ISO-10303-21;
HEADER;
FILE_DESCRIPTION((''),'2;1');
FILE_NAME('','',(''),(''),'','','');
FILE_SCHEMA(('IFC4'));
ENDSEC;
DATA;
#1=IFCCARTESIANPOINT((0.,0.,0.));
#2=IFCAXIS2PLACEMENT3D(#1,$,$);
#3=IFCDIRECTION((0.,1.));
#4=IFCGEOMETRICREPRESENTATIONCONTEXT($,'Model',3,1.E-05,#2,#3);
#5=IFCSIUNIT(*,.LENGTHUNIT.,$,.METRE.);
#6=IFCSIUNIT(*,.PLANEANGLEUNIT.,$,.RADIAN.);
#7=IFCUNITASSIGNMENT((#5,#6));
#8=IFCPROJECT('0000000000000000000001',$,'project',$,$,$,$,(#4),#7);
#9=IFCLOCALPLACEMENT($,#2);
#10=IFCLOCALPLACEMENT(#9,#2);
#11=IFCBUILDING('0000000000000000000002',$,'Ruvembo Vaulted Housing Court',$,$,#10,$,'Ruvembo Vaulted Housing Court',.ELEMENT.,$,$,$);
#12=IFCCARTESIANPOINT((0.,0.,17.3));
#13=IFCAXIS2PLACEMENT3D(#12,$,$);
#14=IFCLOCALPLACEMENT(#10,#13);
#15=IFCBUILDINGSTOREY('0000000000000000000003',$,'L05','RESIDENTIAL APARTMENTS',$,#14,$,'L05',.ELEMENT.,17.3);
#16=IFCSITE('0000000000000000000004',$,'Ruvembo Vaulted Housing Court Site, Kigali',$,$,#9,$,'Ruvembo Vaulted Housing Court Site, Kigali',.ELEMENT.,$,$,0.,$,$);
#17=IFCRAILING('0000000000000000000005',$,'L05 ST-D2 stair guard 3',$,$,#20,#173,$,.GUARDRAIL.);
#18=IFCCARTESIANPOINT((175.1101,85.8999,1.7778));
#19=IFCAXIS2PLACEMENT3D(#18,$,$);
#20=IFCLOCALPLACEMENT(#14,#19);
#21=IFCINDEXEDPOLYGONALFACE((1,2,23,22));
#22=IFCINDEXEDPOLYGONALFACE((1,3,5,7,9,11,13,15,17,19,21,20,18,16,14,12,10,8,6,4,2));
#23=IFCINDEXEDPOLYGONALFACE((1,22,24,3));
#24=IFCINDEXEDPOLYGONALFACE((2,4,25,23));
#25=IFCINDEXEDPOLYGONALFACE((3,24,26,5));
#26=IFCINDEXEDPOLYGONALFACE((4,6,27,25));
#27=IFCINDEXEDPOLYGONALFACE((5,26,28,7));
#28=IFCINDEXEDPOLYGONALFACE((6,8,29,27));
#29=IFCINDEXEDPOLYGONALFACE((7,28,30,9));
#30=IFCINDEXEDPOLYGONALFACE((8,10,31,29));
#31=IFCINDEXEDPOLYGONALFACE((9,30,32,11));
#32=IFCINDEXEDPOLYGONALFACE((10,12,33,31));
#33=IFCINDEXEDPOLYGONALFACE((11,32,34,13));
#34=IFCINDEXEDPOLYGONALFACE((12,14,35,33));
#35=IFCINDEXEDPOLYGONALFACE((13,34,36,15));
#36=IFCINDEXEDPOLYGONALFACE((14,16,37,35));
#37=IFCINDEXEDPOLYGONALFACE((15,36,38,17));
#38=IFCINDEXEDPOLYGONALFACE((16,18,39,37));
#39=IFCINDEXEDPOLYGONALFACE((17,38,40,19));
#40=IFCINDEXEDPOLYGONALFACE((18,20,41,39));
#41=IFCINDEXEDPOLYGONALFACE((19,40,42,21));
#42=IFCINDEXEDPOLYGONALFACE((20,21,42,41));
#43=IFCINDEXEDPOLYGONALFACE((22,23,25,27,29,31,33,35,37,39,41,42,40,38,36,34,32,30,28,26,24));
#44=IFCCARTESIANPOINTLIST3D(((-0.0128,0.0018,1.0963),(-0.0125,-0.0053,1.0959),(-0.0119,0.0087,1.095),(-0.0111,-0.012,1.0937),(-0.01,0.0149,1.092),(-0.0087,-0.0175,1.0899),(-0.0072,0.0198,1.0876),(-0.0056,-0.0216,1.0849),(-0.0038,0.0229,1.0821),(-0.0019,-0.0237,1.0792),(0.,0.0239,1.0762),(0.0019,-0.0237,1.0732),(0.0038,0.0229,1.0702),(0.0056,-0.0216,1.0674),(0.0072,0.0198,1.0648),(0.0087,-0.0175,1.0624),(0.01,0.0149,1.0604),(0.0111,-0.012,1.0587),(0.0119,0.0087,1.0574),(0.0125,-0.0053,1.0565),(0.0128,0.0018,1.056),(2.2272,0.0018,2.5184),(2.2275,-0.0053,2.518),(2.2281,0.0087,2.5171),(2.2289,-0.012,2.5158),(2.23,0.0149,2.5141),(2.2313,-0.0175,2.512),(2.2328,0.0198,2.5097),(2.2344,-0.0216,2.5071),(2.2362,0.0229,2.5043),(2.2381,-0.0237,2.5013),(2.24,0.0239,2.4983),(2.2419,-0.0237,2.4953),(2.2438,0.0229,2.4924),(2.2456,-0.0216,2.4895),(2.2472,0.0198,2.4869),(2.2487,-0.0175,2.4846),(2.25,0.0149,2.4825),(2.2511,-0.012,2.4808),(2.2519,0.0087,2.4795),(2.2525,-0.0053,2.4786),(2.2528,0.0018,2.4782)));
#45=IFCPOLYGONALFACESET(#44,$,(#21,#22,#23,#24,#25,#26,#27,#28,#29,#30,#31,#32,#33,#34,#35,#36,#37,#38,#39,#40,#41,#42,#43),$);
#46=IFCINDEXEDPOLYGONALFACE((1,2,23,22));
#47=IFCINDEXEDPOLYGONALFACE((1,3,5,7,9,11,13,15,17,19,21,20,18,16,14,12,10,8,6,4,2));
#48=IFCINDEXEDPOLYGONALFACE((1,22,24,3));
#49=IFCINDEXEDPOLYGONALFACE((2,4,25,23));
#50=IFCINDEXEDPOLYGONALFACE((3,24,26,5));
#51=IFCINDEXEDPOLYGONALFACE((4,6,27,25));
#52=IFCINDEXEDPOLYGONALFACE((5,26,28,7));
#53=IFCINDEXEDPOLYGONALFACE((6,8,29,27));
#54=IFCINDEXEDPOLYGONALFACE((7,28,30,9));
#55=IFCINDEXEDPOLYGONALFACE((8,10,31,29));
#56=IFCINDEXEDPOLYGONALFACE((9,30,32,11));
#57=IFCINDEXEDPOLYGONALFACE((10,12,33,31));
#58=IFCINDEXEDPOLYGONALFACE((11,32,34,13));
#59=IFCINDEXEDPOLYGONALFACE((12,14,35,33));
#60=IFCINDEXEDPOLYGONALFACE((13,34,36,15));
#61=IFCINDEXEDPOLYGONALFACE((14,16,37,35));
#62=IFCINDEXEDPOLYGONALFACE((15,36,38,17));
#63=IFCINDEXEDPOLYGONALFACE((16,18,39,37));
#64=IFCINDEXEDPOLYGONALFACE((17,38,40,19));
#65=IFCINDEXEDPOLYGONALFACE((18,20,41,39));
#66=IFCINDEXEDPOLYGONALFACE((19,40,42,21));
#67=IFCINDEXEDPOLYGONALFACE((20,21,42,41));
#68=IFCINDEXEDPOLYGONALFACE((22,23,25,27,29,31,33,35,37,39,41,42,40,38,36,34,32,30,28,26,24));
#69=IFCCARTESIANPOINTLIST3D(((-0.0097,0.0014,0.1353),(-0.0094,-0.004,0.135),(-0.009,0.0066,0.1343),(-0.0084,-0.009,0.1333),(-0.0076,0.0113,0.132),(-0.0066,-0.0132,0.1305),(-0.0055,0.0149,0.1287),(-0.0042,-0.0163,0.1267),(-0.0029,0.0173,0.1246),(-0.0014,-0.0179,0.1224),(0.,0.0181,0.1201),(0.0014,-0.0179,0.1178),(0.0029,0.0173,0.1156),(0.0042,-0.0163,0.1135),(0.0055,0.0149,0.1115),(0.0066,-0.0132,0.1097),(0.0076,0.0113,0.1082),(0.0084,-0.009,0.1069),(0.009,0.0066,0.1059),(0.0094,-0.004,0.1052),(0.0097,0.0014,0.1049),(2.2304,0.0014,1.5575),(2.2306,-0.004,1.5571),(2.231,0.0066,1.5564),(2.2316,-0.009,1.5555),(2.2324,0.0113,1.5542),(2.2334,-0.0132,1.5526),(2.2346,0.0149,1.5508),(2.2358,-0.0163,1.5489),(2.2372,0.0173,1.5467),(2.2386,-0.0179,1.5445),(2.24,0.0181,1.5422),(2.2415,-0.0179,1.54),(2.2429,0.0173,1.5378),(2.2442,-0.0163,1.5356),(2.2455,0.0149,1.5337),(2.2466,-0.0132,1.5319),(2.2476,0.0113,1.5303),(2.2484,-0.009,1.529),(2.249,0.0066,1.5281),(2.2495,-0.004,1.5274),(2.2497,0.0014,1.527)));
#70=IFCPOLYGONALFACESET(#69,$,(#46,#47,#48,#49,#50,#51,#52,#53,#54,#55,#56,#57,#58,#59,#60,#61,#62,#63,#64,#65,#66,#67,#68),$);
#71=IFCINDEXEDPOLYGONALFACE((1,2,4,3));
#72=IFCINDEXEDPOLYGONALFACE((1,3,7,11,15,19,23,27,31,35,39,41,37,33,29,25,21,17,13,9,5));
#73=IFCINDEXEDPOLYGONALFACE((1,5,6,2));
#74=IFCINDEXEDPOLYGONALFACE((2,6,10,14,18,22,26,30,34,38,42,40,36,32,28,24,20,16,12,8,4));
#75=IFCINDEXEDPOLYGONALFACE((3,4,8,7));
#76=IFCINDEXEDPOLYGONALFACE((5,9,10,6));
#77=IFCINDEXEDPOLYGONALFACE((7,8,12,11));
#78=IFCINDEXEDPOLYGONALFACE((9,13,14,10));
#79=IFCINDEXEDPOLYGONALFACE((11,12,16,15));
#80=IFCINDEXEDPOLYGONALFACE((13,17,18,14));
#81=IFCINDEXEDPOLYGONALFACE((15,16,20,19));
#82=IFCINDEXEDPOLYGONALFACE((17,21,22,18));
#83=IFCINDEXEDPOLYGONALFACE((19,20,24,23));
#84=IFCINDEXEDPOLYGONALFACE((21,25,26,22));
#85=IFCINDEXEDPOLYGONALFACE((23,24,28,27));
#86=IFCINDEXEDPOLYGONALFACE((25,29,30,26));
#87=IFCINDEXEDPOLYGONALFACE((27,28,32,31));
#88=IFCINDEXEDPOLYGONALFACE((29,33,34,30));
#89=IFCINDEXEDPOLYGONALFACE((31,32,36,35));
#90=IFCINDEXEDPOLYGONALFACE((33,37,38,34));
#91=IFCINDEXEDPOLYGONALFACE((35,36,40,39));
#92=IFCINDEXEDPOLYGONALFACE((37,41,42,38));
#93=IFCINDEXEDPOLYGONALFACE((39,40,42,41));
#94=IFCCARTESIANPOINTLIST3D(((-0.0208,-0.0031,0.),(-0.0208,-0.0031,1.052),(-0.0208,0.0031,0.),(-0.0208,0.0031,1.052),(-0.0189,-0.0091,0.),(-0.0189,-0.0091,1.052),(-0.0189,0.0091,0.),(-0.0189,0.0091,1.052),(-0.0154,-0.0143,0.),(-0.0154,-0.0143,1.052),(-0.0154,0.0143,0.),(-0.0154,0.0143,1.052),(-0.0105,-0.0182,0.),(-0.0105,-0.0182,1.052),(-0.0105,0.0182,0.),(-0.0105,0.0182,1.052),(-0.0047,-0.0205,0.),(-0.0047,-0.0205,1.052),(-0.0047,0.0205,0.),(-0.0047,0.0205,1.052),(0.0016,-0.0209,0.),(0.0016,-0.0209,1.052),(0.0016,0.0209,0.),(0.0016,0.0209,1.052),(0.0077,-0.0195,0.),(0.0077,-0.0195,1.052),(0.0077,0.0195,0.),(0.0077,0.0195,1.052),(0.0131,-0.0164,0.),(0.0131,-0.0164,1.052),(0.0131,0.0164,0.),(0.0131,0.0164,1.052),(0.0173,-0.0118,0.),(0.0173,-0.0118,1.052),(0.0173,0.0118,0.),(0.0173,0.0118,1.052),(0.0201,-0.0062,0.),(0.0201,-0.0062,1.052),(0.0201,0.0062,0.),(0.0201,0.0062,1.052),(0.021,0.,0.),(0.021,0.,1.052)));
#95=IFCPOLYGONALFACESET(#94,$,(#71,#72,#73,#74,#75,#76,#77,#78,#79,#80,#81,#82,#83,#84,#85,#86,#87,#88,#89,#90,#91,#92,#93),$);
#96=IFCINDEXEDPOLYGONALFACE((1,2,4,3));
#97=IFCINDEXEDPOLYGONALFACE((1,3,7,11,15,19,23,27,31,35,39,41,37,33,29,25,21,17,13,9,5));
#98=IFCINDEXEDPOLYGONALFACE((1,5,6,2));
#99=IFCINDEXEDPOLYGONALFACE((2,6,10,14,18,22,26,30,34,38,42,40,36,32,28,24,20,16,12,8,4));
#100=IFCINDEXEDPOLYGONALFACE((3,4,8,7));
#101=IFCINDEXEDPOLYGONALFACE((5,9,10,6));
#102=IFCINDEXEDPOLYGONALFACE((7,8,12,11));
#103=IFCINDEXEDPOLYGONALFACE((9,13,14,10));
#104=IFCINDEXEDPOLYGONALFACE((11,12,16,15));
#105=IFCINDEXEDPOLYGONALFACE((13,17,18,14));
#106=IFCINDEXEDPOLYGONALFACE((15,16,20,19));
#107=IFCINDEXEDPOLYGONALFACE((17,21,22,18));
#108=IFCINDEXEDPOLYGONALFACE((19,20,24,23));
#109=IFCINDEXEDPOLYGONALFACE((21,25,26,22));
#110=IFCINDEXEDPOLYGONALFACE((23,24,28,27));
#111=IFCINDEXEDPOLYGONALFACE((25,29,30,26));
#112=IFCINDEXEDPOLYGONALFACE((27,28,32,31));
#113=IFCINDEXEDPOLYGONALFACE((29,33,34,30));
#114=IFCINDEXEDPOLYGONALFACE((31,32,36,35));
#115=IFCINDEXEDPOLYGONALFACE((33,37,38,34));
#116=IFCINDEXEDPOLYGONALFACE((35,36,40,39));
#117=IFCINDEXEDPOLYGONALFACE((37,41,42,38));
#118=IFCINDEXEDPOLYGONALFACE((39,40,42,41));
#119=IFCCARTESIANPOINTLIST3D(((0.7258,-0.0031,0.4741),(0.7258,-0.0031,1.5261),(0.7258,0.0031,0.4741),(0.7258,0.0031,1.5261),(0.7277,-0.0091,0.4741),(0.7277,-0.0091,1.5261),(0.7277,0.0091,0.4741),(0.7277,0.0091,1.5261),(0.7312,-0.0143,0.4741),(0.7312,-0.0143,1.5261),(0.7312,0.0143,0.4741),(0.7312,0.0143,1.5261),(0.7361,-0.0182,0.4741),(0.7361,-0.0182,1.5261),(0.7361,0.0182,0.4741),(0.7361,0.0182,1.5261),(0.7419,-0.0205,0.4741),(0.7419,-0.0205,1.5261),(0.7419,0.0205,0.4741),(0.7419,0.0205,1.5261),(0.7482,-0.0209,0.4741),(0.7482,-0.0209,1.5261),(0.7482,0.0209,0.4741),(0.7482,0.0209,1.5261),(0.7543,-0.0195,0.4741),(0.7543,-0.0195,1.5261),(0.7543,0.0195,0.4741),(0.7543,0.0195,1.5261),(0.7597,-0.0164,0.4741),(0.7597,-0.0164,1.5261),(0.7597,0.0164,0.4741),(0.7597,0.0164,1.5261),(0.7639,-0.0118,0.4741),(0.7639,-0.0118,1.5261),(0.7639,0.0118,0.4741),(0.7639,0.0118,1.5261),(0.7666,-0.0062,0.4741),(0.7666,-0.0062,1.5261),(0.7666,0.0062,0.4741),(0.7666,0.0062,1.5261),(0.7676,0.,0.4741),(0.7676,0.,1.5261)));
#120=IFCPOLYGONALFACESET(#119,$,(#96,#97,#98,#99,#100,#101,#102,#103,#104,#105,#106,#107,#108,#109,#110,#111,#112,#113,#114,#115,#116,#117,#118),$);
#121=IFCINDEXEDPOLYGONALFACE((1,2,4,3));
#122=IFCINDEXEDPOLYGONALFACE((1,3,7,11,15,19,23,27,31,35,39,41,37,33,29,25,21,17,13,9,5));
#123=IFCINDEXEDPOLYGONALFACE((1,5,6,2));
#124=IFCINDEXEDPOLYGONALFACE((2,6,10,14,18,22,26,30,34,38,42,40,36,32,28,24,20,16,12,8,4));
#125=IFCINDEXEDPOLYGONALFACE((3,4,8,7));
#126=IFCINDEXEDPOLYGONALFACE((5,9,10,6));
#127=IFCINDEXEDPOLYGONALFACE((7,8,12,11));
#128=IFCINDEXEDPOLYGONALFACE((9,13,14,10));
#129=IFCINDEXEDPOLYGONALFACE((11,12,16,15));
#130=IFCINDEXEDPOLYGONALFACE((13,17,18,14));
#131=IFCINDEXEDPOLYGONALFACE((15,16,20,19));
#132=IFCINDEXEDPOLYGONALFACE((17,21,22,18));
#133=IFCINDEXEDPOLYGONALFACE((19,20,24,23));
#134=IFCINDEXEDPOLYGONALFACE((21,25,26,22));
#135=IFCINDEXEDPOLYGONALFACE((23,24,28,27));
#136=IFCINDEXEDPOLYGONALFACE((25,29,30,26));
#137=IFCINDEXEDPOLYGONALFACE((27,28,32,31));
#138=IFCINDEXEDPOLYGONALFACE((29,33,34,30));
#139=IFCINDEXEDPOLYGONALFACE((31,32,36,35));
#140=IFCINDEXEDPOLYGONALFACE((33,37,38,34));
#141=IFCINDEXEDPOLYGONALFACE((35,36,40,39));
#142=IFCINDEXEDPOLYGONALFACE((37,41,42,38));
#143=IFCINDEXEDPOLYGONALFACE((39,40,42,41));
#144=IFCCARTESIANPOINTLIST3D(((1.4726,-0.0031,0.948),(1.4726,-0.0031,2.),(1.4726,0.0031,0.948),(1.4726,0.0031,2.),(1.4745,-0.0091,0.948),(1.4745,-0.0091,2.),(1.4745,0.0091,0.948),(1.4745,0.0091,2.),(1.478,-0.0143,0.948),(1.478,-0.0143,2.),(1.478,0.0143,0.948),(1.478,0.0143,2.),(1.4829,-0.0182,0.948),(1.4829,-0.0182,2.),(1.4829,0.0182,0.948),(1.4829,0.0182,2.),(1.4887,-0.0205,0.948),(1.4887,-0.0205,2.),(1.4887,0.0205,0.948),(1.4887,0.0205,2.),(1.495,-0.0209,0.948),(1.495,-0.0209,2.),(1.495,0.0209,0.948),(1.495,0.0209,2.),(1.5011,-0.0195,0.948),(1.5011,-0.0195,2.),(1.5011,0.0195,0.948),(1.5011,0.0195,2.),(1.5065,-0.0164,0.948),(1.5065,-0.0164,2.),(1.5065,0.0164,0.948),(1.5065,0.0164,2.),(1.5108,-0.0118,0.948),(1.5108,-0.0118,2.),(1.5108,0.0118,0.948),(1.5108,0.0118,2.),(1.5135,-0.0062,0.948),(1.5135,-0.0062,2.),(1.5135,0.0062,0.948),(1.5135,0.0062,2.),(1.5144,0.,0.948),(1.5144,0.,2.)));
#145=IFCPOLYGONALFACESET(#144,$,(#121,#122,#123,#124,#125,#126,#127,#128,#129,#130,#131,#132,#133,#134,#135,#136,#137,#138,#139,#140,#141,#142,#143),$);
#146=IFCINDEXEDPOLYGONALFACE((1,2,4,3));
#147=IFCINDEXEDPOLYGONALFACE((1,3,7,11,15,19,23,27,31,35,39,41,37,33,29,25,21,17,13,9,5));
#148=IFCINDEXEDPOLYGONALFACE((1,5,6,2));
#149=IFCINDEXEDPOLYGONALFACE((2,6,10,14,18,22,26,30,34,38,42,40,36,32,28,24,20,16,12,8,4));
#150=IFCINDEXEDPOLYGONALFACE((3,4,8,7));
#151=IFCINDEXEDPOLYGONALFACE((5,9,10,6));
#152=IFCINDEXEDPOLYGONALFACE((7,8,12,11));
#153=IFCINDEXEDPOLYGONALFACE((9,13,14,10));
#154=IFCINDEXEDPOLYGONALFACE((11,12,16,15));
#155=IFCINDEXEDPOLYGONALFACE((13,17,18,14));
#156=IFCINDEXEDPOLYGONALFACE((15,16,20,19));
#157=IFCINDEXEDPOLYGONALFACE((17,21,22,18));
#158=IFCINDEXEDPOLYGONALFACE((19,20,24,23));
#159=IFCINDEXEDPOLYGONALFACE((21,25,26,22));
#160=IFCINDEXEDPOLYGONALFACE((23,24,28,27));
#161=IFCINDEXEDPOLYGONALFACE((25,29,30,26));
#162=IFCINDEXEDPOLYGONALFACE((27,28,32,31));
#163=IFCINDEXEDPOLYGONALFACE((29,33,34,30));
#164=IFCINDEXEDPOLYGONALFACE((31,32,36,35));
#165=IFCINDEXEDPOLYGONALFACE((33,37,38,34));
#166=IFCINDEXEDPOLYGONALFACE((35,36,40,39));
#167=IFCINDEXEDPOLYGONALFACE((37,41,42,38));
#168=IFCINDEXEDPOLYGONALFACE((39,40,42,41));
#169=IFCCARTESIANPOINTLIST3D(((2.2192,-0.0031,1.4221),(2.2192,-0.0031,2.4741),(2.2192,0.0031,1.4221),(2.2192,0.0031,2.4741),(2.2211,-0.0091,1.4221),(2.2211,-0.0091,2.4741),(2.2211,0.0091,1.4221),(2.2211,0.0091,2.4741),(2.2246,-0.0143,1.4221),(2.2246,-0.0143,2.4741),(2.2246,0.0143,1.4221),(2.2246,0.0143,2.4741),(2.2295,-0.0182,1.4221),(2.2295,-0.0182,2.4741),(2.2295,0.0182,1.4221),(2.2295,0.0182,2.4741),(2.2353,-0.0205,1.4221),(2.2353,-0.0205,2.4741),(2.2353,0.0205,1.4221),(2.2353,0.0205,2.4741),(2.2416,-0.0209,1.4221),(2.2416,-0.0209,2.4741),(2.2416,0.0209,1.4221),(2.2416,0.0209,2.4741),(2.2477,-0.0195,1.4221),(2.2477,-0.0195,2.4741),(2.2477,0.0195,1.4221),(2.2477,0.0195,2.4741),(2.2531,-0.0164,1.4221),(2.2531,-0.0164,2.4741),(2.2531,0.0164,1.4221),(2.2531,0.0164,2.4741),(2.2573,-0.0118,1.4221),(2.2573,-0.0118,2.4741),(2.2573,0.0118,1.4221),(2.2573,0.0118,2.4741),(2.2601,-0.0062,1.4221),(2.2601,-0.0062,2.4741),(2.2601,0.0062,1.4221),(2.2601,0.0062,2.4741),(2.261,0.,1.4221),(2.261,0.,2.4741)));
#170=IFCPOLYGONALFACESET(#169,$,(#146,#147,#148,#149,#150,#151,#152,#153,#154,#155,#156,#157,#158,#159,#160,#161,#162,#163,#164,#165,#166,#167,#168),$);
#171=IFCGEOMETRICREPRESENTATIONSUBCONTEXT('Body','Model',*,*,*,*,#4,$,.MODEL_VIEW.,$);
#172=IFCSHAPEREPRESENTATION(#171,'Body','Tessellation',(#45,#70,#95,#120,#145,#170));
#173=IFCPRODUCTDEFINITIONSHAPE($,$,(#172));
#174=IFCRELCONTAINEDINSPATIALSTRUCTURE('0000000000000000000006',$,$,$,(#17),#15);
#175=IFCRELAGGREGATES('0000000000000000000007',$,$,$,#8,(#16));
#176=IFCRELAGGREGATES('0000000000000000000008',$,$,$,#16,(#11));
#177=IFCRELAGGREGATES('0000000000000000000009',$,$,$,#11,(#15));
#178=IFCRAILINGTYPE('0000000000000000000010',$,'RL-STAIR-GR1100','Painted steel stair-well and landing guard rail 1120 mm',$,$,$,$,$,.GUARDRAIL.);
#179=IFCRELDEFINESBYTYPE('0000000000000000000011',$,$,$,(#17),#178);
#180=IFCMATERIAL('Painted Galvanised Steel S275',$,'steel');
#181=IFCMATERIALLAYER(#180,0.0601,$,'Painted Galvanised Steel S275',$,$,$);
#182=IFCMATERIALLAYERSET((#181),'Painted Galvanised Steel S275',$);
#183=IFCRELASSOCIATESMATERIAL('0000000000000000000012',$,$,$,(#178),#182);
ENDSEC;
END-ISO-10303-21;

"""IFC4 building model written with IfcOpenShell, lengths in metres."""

from ifc_helpers import new_model, si_unit, direction, frame, origin, origin_2d, place, context, subcontext, project, spatial, circle, extrude, material, layer, layer_set, type_object, element, save


model = new_model("IFC4")

# Units and contexts
model_context = context("Model", 3, precision=1e-05, world=origin(), true_north=direction((0.0, 1.0)))
body_context = subcontext(model_context, "Body", "Model", "MODEL_VIEW")
ifc_project = project(units=[si_unit("LENGTHUNIT", "METRE"), si_unit("PLANEANGLEUNIT", "RADIAN")], contexts=[model_context])

# Site, building, storey
site_placement = place(None, origin())
site = spatial("IfcSite", under=ifc_project, at=site_placement, Name="Ruvembo Vaulted Housing Court Site, Kigali", LongName="Ruvembo Vaulted Housing Court Site, Kigali", CompositionType="ELEMENT", RefElevation=0.0)
building_placement = place(site_placement, origin())
building = spatial("IfcBuilding", under=site, at=building_placement, Name="Ruvembo Vaulted Housing Court", LongName="Ruvembo Vaulted Housing Court", CompositionType="ELEMENT")
storey_placement = place(building_placement, frame((0.0, 0.0, 17.3)))
storey = spatial("IfcBuildingStorey", under=building, at=storey_placement, Name="L05", Description="RESIDENTIAL APARTMENTS", LongName="L05", CompositionType="ELEMENT", Elevation=17.3)

# Railing
ifc_material_1 = material(Name="Painted Galvanised Steel S275", Category="steel")
ifc_layer_1 = layer(ifc_material_1, 0.0601, Name="Painted Galvanised Steel S275")
ifc_layer_set_1 = layer_set([ifc_layer_1], Name="Painted Galvanised Steel S275")
railing_type_1 = type_object("IfcRailingType", Name="RL-STAIR-GR1100", Description="Painted steel stair-well and landing guard rail 1120 mm", PredefinedType="GUARDRAIL", material=ifc_layer_set_1)
railing_1_placement = place(storey_placement, frame((175.1101, 85.8999, 1.7778)))
element("IfcRailing", 1, at=railing_1_placement, inside=storey, type_object=railing_type_1, Name="L05 ST-D2 stair guard 3", PredefinedType="GUARDRAIL", context=body_context, shape_type="SweptSolid", body=[
    extrude(circle(Radius=0.0239, at=origin_2d()), frame((0.0, 0.0, 1.0762), z_axis=(0.844229, 0.0, 0.535982), x_axis=(0.0, 1.0, 0.0)), (0.0, 0.0, 1.0), 2.6533),
    extrude(circle(Radius=0.0181, at=origin_2d()), frame((0.0, 0.0, 0.1201), z_axis=(0.844229, 0.0, 0.535982), x_axis=(0.0, 1.0, 0.0)), (0.0, 0.0, 1.0), 2.6533),
    extrude(circle(Radius=0.021, at=origin_2d()), origin(), (0.0, 0.0, 1.0), 1.052),
    extrude(circle(Radius=0.021, at=origin_2d()), frame((0.7466, 0.0, 0.4741)), (0.0, 0.0, 1.0), 1.052),
    extrude(circle(Radius=0.021, at=origin_2d()), frame((1.4934, 0.0, 0.948)), (0.0, 0.0, 1.0), 1.052),
    extrude(circle(Radius=0.021, at=origin_2d()), frame((2.24, 0.0, 1.4221)), (0.0, 0.0, 1.0), 1.052),
])

save(model, "model.ifc")
